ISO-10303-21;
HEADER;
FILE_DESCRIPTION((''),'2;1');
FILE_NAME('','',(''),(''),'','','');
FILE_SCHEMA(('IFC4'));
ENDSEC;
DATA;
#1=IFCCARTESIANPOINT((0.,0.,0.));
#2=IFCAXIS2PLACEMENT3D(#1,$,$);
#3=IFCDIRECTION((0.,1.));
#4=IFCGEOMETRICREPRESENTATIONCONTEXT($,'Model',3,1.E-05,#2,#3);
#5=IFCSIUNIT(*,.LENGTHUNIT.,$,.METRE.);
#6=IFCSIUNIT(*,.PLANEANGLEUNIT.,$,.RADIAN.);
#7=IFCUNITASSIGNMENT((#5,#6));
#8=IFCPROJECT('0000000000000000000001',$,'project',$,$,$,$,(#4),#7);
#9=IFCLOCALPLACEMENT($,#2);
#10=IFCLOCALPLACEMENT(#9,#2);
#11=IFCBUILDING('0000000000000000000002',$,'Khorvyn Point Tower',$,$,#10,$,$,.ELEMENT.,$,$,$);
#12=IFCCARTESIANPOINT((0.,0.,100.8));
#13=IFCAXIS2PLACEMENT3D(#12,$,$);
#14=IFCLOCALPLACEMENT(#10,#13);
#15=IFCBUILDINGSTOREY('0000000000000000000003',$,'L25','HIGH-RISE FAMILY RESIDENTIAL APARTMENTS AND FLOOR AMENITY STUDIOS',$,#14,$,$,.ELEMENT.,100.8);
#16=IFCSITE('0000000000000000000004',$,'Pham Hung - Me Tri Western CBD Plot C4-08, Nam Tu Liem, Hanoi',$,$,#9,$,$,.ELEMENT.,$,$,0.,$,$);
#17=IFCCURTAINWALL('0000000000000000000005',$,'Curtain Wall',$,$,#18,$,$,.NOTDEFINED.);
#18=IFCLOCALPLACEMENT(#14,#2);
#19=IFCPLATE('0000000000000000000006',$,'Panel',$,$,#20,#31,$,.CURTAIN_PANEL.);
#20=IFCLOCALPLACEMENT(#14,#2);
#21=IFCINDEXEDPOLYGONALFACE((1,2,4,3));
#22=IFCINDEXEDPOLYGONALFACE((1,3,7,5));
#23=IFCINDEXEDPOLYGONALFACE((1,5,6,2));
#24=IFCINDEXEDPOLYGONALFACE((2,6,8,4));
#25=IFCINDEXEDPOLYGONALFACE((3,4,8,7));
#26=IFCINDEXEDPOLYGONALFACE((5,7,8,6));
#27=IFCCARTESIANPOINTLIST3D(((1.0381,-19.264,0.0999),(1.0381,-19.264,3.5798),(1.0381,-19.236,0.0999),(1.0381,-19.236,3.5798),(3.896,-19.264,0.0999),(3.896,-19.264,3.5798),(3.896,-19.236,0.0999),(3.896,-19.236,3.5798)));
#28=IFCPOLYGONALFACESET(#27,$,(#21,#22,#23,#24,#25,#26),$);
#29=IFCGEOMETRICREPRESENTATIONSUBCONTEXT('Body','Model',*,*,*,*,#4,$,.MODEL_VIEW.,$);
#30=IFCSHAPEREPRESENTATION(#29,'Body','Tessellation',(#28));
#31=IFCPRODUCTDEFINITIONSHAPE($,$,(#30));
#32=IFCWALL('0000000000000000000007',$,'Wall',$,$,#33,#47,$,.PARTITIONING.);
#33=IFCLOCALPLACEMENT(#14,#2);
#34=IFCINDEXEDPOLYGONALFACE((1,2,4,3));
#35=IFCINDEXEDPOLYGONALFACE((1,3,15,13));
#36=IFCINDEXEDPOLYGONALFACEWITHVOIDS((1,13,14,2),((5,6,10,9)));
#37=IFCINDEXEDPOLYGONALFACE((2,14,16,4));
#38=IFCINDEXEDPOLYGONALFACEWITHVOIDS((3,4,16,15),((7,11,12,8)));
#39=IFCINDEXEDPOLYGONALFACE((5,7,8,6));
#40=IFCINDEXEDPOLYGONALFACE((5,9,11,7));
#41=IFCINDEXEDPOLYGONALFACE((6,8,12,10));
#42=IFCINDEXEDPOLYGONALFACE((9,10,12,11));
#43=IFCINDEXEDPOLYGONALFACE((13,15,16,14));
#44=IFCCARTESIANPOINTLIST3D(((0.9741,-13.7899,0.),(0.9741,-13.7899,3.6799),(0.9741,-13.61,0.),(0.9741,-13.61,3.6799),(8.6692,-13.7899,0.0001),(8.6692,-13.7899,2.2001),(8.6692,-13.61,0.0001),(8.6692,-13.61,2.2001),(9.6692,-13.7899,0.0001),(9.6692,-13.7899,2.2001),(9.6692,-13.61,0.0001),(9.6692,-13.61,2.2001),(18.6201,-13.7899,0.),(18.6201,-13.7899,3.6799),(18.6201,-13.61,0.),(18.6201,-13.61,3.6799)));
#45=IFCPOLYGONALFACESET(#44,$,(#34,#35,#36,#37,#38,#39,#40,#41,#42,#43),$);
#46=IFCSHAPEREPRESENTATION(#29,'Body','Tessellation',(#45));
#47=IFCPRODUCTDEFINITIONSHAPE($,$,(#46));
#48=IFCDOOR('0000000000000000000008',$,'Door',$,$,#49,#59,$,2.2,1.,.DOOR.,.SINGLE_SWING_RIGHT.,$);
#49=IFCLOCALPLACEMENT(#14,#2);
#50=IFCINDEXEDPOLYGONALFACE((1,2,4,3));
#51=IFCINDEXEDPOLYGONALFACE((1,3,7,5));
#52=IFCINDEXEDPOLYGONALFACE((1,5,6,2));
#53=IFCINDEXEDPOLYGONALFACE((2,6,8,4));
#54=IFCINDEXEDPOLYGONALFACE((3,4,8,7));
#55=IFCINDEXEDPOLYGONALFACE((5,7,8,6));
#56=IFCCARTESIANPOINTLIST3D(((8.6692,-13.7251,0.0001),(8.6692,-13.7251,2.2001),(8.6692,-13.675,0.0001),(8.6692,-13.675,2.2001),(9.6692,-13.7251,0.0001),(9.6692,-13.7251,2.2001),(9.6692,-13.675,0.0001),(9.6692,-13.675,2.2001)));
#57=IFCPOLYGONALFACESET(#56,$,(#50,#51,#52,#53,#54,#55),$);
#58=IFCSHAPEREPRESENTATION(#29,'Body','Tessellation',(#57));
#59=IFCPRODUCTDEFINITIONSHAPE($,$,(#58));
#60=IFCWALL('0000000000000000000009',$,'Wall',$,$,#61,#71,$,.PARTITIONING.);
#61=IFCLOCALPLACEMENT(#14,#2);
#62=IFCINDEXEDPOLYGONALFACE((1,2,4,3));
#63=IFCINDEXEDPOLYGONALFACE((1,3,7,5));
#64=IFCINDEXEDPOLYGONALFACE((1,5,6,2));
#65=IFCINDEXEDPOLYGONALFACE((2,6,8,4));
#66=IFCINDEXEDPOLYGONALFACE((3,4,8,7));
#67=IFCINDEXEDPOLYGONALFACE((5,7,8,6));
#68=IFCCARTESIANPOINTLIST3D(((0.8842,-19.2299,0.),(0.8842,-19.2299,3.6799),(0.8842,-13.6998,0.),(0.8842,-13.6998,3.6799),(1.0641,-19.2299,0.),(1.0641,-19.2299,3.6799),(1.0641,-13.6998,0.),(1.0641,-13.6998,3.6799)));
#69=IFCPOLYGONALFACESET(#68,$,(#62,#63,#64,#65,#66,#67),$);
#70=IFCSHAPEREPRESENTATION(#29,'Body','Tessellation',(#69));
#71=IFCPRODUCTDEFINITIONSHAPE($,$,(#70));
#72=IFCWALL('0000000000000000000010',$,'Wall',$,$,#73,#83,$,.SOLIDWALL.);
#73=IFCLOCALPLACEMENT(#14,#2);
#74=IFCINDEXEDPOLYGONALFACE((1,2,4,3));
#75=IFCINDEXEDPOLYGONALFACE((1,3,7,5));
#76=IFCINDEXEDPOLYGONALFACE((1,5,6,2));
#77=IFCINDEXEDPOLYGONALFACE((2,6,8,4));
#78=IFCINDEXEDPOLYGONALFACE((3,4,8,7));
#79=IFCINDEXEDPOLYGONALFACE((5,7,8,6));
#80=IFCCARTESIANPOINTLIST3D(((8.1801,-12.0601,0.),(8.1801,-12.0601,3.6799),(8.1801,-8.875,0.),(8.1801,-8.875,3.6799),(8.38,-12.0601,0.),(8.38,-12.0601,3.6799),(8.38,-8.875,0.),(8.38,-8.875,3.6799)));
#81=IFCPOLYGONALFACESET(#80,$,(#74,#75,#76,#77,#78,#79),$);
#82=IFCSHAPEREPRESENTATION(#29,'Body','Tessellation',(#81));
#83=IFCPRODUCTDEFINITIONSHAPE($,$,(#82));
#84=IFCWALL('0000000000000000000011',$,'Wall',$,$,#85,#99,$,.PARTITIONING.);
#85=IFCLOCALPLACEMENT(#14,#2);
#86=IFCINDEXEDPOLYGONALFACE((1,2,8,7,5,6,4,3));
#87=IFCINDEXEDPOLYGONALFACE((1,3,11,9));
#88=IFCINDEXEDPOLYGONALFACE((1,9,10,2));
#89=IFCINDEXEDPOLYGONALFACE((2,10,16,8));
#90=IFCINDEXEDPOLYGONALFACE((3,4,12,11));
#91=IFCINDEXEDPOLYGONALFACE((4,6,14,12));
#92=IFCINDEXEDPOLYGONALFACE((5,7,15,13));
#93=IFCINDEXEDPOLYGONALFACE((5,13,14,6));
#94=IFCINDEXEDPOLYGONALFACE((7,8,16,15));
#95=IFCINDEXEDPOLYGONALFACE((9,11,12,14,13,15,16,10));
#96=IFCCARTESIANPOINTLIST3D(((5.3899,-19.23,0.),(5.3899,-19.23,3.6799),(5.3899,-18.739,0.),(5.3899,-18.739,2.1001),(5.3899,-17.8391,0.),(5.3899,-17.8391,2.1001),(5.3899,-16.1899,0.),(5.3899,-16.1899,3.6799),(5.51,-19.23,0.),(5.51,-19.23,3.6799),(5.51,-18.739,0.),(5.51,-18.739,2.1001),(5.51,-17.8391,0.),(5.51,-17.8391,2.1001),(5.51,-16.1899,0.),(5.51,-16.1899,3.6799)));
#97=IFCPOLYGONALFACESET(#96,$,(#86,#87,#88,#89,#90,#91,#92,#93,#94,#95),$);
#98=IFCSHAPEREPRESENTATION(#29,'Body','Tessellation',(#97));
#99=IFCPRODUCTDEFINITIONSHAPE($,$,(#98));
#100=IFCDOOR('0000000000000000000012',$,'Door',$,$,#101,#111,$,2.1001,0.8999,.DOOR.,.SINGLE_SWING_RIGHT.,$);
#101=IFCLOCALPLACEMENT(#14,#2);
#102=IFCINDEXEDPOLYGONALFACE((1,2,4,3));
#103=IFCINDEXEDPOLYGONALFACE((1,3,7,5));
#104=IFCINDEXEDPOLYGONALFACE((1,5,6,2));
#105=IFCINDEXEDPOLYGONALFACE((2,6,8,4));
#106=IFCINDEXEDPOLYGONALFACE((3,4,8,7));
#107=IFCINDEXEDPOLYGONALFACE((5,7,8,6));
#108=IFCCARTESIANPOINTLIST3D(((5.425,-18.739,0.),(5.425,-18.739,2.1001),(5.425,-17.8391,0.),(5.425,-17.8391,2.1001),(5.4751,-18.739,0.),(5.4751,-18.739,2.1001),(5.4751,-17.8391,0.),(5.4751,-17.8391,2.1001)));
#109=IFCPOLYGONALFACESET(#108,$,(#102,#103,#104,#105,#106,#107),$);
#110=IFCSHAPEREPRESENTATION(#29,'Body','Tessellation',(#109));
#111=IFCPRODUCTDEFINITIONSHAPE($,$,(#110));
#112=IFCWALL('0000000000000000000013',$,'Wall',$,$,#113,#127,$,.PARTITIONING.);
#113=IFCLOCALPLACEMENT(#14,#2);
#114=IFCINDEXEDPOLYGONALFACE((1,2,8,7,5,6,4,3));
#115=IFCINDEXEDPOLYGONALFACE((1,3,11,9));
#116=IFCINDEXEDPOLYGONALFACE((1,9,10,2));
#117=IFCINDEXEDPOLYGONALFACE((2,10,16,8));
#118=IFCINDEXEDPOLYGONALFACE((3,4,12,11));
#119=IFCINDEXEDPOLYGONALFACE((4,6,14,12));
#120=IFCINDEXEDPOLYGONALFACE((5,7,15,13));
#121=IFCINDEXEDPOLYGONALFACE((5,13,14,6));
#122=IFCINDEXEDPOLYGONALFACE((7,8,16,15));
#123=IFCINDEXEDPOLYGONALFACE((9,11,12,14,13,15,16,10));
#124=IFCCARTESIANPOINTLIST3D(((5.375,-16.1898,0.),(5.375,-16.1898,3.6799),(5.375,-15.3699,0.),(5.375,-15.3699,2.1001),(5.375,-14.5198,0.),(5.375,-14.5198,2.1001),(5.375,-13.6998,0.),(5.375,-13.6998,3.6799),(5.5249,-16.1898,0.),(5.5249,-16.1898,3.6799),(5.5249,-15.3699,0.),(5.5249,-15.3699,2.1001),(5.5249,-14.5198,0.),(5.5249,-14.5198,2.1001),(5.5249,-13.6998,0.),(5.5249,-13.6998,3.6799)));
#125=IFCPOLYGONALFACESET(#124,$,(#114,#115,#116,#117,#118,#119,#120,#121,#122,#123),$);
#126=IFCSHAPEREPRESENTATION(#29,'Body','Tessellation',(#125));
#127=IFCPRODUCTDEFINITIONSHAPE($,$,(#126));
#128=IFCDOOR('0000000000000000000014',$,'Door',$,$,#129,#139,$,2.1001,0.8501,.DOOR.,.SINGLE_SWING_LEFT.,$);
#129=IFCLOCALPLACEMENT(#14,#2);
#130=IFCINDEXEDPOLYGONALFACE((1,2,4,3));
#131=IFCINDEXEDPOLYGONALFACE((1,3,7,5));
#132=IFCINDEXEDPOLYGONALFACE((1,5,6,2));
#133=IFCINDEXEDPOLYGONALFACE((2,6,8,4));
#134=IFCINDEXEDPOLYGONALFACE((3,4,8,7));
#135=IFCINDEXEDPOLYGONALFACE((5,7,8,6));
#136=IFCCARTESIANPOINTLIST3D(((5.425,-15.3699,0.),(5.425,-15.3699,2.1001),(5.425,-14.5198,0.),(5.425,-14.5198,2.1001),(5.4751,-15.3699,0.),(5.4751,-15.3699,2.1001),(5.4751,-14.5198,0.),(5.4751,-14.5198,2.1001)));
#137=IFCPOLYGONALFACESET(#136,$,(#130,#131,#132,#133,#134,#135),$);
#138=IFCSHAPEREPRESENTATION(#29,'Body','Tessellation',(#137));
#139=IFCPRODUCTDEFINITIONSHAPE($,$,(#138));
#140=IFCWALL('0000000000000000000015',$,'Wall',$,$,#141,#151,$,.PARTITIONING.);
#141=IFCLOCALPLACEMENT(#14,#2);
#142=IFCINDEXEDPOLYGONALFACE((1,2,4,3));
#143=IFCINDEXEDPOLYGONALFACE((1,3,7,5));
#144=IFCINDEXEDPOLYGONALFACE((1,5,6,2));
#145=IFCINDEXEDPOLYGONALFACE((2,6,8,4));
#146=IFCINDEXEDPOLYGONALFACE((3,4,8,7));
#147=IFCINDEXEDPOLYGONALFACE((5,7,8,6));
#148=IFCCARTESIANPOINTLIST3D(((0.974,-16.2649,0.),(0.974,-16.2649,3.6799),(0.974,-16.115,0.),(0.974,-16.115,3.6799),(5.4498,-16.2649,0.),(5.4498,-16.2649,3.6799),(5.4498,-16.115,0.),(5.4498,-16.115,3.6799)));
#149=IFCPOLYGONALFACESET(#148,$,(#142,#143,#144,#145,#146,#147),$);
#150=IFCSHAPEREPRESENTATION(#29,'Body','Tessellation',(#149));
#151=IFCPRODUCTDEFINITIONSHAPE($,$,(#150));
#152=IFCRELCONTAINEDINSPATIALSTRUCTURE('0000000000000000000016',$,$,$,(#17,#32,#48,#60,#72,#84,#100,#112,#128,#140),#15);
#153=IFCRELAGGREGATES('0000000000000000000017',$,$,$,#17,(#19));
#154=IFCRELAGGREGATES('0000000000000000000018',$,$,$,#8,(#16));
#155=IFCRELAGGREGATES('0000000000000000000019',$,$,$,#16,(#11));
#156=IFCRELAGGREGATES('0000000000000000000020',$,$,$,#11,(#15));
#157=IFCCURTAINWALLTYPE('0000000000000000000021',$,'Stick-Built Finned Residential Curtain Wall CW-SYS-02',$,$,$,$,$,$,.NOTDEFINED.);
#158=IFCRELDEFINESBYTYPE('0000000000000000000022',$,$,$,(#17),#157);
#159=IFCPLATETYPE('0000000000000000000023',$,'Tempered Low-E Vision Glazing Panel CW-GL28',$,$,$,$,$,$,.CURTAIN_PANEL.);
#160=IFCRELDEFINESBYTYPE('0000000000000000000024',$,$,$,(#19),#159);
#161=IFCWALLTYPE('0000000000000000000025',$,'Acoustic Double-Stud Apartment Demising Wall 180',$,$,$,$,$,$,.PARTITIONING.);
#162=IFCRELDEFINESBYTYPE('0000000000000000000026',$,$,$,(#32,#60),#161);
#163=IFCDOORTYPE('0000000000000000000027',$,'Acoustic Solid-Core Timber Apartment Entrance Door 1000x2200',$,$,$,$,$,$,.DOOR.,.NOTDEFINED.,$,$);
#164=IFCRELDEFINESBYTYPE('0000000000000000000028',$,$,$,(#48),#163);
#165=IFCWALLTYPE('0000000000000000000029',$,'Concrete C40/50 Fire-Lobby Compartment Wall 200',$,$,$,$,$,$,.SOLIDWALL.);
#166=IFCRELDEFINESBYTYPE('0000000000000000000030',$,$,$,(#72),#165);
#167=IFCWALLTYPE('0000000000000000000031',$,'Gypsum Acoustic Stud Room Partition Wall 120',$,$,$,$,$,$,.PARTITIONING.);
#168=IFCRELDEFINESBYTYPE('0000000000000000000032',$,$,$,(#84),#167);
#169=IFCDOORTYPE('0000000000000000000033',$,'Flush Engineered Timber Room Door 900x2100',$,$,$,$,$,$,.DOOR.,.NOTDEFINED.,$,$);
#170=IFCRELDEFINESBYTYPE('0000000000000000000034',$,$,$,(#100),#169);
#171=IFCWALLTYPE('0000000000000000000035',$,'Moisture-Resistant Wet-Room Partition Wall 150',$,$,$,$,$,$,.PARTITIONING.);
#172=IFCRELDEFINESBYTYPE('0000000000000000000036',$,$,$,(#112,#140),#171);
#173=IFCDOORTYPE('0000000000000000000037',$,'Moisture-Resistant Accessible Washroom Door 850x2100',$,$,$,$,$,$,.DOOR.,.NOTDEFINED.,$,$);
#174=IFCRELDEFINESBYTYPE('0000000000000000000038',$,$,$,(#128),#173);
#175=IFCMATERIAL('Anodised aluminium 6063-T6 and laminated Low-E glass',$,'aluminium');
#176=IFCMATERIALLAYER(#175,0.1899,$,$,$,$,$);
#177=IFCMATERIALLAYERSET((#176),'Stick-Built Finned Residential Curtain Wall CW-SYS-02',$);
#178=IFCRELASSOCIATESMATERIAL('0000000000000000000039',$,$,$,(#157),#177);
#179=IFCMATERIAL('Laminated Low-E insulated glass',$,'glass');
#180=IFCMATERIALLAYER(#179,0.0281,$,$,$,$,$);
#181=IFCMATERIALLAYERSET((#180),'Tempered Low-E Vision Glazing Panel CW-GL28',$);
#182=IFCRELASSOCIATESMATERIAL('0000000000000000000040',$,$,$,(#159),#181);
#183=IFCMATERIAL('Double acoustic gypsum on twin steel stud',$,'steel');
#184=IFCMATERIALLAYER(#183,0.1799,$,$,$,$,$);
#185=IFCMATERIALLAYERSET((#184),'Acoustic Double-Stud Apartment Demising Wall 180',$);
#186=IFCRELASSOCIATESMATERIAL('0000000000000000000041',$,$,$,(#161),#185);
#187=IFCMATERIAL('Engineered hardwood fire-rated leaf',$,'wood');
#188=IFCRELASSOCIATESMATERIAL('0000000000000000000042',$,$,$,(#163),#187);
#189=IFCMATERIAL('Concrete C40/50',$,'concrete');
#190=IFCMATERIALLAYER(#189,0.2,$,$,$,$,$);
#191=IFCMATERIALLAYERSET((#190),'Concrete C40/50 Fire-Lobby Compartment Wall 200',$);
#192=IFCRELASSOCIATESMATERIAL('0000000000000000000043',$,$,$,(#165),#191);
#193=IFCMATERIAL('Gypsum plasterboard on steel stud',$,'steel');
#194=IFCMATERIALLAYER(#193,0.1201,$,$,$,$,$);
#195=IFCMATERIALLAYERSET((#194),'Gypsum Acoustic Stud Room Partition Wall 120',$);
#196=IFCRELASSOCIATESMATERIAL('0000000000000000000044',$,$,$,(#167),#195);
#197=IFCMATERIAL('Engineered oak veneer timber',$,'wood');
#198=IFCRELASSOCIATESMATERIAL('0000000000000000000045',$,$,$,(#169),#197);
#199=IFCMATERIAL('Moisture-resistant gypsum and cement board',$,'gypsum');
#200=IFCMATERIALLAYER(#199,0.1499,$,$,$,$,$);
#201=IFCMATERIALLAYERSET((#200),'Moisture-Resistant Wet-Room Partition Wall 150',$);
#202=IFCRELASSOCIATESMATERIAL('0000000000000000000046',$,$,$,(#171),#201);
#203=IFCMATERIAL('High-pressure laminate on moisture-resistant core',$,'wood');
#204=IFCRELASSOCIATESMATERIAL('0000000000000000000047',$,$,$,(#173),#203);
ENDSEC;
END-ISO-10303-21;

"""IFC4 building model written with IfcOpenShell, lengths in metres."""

from ifc_helpers import new_model, si_unit, direction, frame, frame_2d, origin, origin_2d, place, context, subcontext, project, spatial, rectangle, extrude, material, layer, layer_set, type_object, element, fill, aggregate, save


model = new_model("IFC4")

# Units and contexts
model_context = context("Model", 3, precision=1e-05, world=origin(), true_north=direction((0.0, 1.0)))
body_context = subcontext(model_context, "Body", "Model", "MODEL_VIEW")
ifc_project = project(units=[si_unit("LENGTHUNIT", "METRE"), si_unit("PLANEANGLEUNIT", "RADIAN")], contexts=[model_context])

# Site, building, storey
site_placement = place(None, origin())
site = spatial("IfcSite", under=ifc_project, at=site_placement, Name="Pham Hung - Me Tri Western CBD Plot C4-08, Nam Tu Liem, Hanoi", CompositionType="ELEMENT", RefElevation=0.0)
building_placement = place(site_placement, origin())
building = spatial("IfcBuilding", under=site, at=building_placement, Name="Khorvyn Point Tower", CompositionType="ELEMENT")
storey_placement = place(building_placement, frame((0.0, 0.0, 100.8)))
storey = spatial("IfcBuildingStorey", under=building, at=storey_placement, Name="L25", Description="HIGH-RISE FAMILY RESIDENTIAL APARTMENTS AND FLOOR AMENITY STUDIOS", CompositionType="ELEMENT", Elevation=100.8)

# Curtain wall
ifc_material_1 = material(Name="Anodised aluminium 6063-T6 and laminated Low-E glass", Category="aluminium")
ifc_layer_1 = layer(ifc_material_1, 0.1899)
ifc_layer_set_1 = layer_set([ifc_layer_1], Name="Stick-Built Finned Residential Curtain Wall CW-SYS-02")
curtain_wall_type = type_object("IfcCurtainWallType", Name="Stick-Built Finned Residential Curtain Wall CW-SYS-02", PredefinedType="NOTDEFINED", material=ifc_layer_set_1)
curtain_wall_placement = place(storey_placement, origin())
curtain_wall = element("IfcCurtainWall", 1, at=curtain_wall_placement, inside=storey, type_object=curtain_wall_type, Name="Curtain Wall", PredefinedType="NOTDEFINED")

# Plate
ifc_material_2 = material(Name="Laminated Low-E insulated glass", Category="glass")
ifc_layer_2 = layer(ifc_material_2, 0.0281)
ifc_layer_set_2 = layer_set([ifc_layer_2], Name="Tempered Low-E Vision Glazing Panel CW-GL28")
plate_type = type_object("IfcPlateType", Name="Tempered Low-E Vision Glazing Panel CW-GL28", PredefinedType="CURTAIN_PANEL", material=ifc_layer_set_2)
plate_1_placement = place(storey_placement, frame((2.467, -19.25, 0.0999), z_axis=(0.0, 0.0, 1.0), x_axis=(-1.0, 0.0, 0.0)))
plate_1 = element("IfcPlate", 2, at=plate_1_placement, type_object=plate_type, Name="Panel", PredefinedType="CURTAIN_PANEL", context=body_context, shape_type="SweptSolid", body=[
    extrude(rectangle(XDim=2.8579, YDim=0.0281, at=origin_2d()), origin(), (0.0, 0.0, 1.0), 3.48),
])
aggregate(curtain_wall, [plate_1])

# Wall, opening, door
ifc_material_3 = material(Name="Double acoustic gypsum on twin steel stud", Category="steel")
ifc_layer_3 = layer(ifc_material_3, 0.1799)
ifc_layer_set_3 = layer_set([ifc_layer_3], Name="Acoustic Double-Stud Apartment Demising Wall 180")
wall_type_1 = type_object("IfcWallType", Name="Acoustic Double-Stud Apartment Demising Wall 180", PredefinedType="PARTITIONING", material=ifc_layer_set_3)
wall_1_placement = place(storey_placement, frame((0.9741, -13.7, 0.0), z_axis=(0.0, 0.0, 1.0), x_axis=(1.0, 0.0, 0.0)))
wall_1 = element("IfcWall", 3, at=wall_1_placement, inside=storey, type_object=wall_type_1, Name="Wall", PredefinedType="PARTITIONING", context=body_context, shape_type="SweptSolid", body=[
    extrude(rectangle(XDim=17.646, YDim=0.1799, at=frame_2d((8.823, 0.0))), origin(), (0.0, 0.0, 1.0), 3.6799),
])
opening_1_placement = place(wall_1_placement, frame((7.6951, 0.0, 0.0)))
opening_1 = element("IfcOpeningElement", 4, at=opening_1_placement, cuts=wall_1, PredefinedType="OPENING", context=body_context, shape_type="SweptSolid", body=[
    extrude(rectangle(XDim=1.0, YDim=2.2, at=frame_2d((0.5, 1.1001))), frame((0.0, 0.0999, 0.0), z_axis=(0.0, -1.0, 0.0), x_axis=(1.0, 0.0, 0.0)), (0.0, 0.0, 1.0), 0.2),
])
ifc_material_4 = material(Name="Engineered hardwood fire-rated leaf", Category="wood")
door_type_1 = type_object("IfcDoorType", Name="Acoustic Solid-Core Timber Apartment Entrance Door 1000x2200", OperationType="NOTDEFINED", PredefinedType="DOOR", material=ifc_material_4)
door_1_placement = place(opening_1_placement, origin())
door_1 = element("IfcDoor", 5, at=door_1_placement, inside=storey, type_object=door_type_1, Name="Door", OperationType="SINGLE_SWING_RIGHT", OverallHeight=2.2, OverallWidth=1.0, PredefinedType="DOOR", context=body_context, shape_type="SweptSolid", body=[
    extrude(rectangle(XDim=1.0, YDim=2.2, at=frame_2d((0.5, 1.1001))), frame((0.0, 0.0249, 0.0), z_axis=(0.0, -1.0, 0.0), x_axis=(1.0, 0.0, 0.0)), (0.0, 0.0, 1.0), 0.05),
])
fill(opening_1, door_1)

# Wall
wall_2_placement = place(storey_placement, frame((0.9741, -19.23, 0.0), z_axis=(0.0, 0.0, 1.0), x_axis=(0.0, 1.0, 0.0)))
element("IfcWall", 6, at=wall_2_placement, inside=storey, type_object=wall_type_1, Name="Wall", PredefinedType="PARTITIONING", context=body_context, shape_type="SweptSolid", body=[
    extrude(rectangle(XDim=5.53, YDim=0.1799, at=frame_2d((2.7651, 0.0))), origin(), (0.0, 0.0, 1.0), 3.6799),
])

# Shared definitions
ifc_material_5 = material(Name="Concrete C40/50", Category="concrete")
ifc_layer_4 = layer(ifc_material_5, 0.2)
ifc_layer_set_4 = layer_set([ifc_layer_4], Name="Concrete C40/50 Fire-Lobby Compartment Wall 200")
wall_type_2 = type_object("IfcWallType", Name="Concrete C40/50 Fire-Lobby Compartment Wall 200", PredefinedType="SOLIDWALL", material=ifc_layer_set_4)

# Wall
wall_3_placement = place(storey_placement, frame((8.28, -12.0601, 0.0), z_axis=(0.0, 0.0, 1.0), x_axis=(0.0, 1.0, 0.0)))
element("IfcWall", 7, at=wall_3_placement, inside=storey, type_object=wall_type_2, Name="Wall", PredefinedType="SOLIDWALL", context=body_context, shape_type="SweptSolid", body=[
    extrude(rectangle(XDim=3.1851, YDim=0.2, at=frame_2d((1.5925, 0.0))), origin(), (0.0, 0.0, 1.0), 3.6799),
])

# Walls, openings, doors
ifc_material_6 = material(Name="Gypsum plasterboard on steel stud", Category="steel")
ifc_layer_5 = layer(ifc_material_6, 0.1201)
ifc_layer_set_5 = layer_set([ifc_layer_5], Name="Gypsum Acoustic Stud Room Partition Wall 120")
wall_type_3 = type_object("IfcWallType", Name="Gypsum Acoustic Stud Room Partition Wall 120", PredefinedType="PARTITIONING", material=ifc_layer_set_5)
wall_4_placement = place(storey_placement, frame((5.45, -19.23, 0.0), z_axis=(0.0, 0.0, 1.0), x_axis=(0.0, 1.0, 0.0)))
wall_4 = element("IfcWall", 8, at=wall_4_placement, inside=storey, type_object=wall_type_3, Name="Wall", PredefinedType="PARTITIONING", context=body_context, shape_type="SweptSolid", body=[
    extrude(rectangle(XDim=3.04, YDim=0.1201, at=frame_2d((1.52, 0.0))), origin(), (0.0, 0.0, 1.0), 3.6799),
])
opening_2_placement = place(wall_4_placement, frame((0.491, 0.0, 0.0)))
opening_2 = element("IfcOpeningElement", 9, at=opening_2_placement, cuts=wall_4, PredefinedType="OPENING", context=body_context, shape_type="SweptSolid", body=[
    extrude(rectangle(XDim=0.8999, YDim=2.1001, at=frame_2d((0.45, 1.05))), frame((0.0, 0.0701, 0.0), z_axis=(0.0, -1.0, 0.0), x_axis=(1.0, 0.0, 0.0)), (0.0, 0.0, 1.0), 0.1401),
])
ifc_material_7 = material(Name="Engineered oak veneer timber", Category="wood")
door_type_2 = type_object("IfcDoorType", Name="Flush Engineered Timber Room Door 900x2100", OperationType="NOTDEFINED", PredefinedType="DOOR", material=ifc_material_7)
door_2_placement = place(opening_2_placement, origin())
door_2 = element("IfcDoor", 10, at=door_2_placement, inside=storey, type_object=door_type_2, Name="Door", OperationType="SINGLE_SWING_RIGHT", OverallHeight=2.1001, OverallWidth=0.8999, PredefinedType="DOOR", context=body_context, shape_type="SweptSolid", body=[
    extrude(rectangle(XDim=0.8999, YDim=2.1001, at=frame_2d((0.45, 1.05))), frame((0.0, 0.0249, 0.0), z_axis=(0.0, -1.0, 0.0), x_axis=(1.0, 0.0, 0.0)), (0.0, 0.0, 1.0), 0.05),
])
fill(opening_2, door_2)
ifc_material_8 = material(Name="Moisture-resistant gypsum and cement board", Category="gypsum")
ifc_layer_6 = layer(ifc_material_8, 0.1499)
ifc_layer_set_6 = layer_set([ifc_layer_6], Name="Moisture-Resistant Wet-Room Partition Wall 150")
wall_type_4 = type_object("IfcWallType", Name="Moisture-Resistant Wet-Room Partition Wall 150", PredefinedType="PARTITIONING", material=ifc_layer_set_6)
wall_5_placement = place(storey_placement, frame((5.45, -16.1899, 0.0), z_axis=(0.0, 0.0, 1.0), x_axis=(0.0, 1.0, 0.0)))
wall_5 = element("IfcWall", 11, at=wall_5_placement, inside=storey, type_object=wall_type_4, Name="Wall", PredefinedType="PARTITIONING", context=body_context, shape_type="SweptSolid", body=[
    extrude(rectangle(XDim=2.49, YDim=0.1499, at=frame_2d((1.2451, 0.0))), origin(), (0.0, 0.0, 1.0), 3.6799),
])
opening_3_placement = place(wall_5_placement, frame((0.8201, 0.0, 0.0)))
opening_3 = element("IfcOpeningElement", 12, at=opening_3_placement, cuts=wall_5, PredefinedType="OPENING", context=body_context, shape_type="SweptSolid", body=[
    extrude(rectangle(XDim=0.8501, YDim=2.1001, at=frame_2d((0.425, 1.05))), frame((0.0, 0.085, 0.0), z_axis=(0.0, -1.0, 0.0), x_axis=(1.0, 0.0, 0.0)), (0.0, 0.0, 1.0), 0.1699),
])
ifc_material_9 = material(Name="High-pressure laminate on moisture-resistant core", Category="wood")
door_type_3 = type_object("IfcDoorType", Name="Moisture-Resistant Accessible Washroom Door 850x2100", OperationType="NOTDEFINED", PredefinedType="DOOR", material=ifc_material_9)
door_3_placement = place(opening_3_placement, origin())
door_3 = element("IfcDoor", 13, at=door_3_placement, inside=storey, type_object=door_type_3, Name="Door", OperationType="SINGLE_SWING_LEFT", OverallHeight=2.1001, OverallWidth=0.8501, PredefinedType="DOOR", context=body_context, shape_type="SweptSolid", body=[
    extrude(rectangle(XDim=0.8501, YDim=2.1001, at=frame_2d((0.425, 1.05))), frame((0.0, 0.0249, 0.0), z_axis=(0.0, -1.0, 0.0), x_axis=(1.0, 0.0, 0.0)), (0.0, 0.0, 1.0), 0.05),
])
fill(opening_3, door_3)

# Wall
wall_6_placement = place(storey_placement, frame((0.9741, -16.1899, 0.0), z_axis=(0.0, 0.0, 1.0), x_axis=(1.0, 0.0, 0.0)))
element("IfcWall", 14, at=wall_6_placement, inside=storey, type_object=wall_type_4, Name="Wall", PredefinedType="PARTITIONING", context=body_context, shape_type="SweptSolid", body=[
    extrude(rectangle(XDim=4.4758, YDim=0.1499, at=frame_2d((2.2378, 0.0))), origin(), (0.0, 0.0, 1.0), 3.6799),
])

save(model, "model.ifc")
